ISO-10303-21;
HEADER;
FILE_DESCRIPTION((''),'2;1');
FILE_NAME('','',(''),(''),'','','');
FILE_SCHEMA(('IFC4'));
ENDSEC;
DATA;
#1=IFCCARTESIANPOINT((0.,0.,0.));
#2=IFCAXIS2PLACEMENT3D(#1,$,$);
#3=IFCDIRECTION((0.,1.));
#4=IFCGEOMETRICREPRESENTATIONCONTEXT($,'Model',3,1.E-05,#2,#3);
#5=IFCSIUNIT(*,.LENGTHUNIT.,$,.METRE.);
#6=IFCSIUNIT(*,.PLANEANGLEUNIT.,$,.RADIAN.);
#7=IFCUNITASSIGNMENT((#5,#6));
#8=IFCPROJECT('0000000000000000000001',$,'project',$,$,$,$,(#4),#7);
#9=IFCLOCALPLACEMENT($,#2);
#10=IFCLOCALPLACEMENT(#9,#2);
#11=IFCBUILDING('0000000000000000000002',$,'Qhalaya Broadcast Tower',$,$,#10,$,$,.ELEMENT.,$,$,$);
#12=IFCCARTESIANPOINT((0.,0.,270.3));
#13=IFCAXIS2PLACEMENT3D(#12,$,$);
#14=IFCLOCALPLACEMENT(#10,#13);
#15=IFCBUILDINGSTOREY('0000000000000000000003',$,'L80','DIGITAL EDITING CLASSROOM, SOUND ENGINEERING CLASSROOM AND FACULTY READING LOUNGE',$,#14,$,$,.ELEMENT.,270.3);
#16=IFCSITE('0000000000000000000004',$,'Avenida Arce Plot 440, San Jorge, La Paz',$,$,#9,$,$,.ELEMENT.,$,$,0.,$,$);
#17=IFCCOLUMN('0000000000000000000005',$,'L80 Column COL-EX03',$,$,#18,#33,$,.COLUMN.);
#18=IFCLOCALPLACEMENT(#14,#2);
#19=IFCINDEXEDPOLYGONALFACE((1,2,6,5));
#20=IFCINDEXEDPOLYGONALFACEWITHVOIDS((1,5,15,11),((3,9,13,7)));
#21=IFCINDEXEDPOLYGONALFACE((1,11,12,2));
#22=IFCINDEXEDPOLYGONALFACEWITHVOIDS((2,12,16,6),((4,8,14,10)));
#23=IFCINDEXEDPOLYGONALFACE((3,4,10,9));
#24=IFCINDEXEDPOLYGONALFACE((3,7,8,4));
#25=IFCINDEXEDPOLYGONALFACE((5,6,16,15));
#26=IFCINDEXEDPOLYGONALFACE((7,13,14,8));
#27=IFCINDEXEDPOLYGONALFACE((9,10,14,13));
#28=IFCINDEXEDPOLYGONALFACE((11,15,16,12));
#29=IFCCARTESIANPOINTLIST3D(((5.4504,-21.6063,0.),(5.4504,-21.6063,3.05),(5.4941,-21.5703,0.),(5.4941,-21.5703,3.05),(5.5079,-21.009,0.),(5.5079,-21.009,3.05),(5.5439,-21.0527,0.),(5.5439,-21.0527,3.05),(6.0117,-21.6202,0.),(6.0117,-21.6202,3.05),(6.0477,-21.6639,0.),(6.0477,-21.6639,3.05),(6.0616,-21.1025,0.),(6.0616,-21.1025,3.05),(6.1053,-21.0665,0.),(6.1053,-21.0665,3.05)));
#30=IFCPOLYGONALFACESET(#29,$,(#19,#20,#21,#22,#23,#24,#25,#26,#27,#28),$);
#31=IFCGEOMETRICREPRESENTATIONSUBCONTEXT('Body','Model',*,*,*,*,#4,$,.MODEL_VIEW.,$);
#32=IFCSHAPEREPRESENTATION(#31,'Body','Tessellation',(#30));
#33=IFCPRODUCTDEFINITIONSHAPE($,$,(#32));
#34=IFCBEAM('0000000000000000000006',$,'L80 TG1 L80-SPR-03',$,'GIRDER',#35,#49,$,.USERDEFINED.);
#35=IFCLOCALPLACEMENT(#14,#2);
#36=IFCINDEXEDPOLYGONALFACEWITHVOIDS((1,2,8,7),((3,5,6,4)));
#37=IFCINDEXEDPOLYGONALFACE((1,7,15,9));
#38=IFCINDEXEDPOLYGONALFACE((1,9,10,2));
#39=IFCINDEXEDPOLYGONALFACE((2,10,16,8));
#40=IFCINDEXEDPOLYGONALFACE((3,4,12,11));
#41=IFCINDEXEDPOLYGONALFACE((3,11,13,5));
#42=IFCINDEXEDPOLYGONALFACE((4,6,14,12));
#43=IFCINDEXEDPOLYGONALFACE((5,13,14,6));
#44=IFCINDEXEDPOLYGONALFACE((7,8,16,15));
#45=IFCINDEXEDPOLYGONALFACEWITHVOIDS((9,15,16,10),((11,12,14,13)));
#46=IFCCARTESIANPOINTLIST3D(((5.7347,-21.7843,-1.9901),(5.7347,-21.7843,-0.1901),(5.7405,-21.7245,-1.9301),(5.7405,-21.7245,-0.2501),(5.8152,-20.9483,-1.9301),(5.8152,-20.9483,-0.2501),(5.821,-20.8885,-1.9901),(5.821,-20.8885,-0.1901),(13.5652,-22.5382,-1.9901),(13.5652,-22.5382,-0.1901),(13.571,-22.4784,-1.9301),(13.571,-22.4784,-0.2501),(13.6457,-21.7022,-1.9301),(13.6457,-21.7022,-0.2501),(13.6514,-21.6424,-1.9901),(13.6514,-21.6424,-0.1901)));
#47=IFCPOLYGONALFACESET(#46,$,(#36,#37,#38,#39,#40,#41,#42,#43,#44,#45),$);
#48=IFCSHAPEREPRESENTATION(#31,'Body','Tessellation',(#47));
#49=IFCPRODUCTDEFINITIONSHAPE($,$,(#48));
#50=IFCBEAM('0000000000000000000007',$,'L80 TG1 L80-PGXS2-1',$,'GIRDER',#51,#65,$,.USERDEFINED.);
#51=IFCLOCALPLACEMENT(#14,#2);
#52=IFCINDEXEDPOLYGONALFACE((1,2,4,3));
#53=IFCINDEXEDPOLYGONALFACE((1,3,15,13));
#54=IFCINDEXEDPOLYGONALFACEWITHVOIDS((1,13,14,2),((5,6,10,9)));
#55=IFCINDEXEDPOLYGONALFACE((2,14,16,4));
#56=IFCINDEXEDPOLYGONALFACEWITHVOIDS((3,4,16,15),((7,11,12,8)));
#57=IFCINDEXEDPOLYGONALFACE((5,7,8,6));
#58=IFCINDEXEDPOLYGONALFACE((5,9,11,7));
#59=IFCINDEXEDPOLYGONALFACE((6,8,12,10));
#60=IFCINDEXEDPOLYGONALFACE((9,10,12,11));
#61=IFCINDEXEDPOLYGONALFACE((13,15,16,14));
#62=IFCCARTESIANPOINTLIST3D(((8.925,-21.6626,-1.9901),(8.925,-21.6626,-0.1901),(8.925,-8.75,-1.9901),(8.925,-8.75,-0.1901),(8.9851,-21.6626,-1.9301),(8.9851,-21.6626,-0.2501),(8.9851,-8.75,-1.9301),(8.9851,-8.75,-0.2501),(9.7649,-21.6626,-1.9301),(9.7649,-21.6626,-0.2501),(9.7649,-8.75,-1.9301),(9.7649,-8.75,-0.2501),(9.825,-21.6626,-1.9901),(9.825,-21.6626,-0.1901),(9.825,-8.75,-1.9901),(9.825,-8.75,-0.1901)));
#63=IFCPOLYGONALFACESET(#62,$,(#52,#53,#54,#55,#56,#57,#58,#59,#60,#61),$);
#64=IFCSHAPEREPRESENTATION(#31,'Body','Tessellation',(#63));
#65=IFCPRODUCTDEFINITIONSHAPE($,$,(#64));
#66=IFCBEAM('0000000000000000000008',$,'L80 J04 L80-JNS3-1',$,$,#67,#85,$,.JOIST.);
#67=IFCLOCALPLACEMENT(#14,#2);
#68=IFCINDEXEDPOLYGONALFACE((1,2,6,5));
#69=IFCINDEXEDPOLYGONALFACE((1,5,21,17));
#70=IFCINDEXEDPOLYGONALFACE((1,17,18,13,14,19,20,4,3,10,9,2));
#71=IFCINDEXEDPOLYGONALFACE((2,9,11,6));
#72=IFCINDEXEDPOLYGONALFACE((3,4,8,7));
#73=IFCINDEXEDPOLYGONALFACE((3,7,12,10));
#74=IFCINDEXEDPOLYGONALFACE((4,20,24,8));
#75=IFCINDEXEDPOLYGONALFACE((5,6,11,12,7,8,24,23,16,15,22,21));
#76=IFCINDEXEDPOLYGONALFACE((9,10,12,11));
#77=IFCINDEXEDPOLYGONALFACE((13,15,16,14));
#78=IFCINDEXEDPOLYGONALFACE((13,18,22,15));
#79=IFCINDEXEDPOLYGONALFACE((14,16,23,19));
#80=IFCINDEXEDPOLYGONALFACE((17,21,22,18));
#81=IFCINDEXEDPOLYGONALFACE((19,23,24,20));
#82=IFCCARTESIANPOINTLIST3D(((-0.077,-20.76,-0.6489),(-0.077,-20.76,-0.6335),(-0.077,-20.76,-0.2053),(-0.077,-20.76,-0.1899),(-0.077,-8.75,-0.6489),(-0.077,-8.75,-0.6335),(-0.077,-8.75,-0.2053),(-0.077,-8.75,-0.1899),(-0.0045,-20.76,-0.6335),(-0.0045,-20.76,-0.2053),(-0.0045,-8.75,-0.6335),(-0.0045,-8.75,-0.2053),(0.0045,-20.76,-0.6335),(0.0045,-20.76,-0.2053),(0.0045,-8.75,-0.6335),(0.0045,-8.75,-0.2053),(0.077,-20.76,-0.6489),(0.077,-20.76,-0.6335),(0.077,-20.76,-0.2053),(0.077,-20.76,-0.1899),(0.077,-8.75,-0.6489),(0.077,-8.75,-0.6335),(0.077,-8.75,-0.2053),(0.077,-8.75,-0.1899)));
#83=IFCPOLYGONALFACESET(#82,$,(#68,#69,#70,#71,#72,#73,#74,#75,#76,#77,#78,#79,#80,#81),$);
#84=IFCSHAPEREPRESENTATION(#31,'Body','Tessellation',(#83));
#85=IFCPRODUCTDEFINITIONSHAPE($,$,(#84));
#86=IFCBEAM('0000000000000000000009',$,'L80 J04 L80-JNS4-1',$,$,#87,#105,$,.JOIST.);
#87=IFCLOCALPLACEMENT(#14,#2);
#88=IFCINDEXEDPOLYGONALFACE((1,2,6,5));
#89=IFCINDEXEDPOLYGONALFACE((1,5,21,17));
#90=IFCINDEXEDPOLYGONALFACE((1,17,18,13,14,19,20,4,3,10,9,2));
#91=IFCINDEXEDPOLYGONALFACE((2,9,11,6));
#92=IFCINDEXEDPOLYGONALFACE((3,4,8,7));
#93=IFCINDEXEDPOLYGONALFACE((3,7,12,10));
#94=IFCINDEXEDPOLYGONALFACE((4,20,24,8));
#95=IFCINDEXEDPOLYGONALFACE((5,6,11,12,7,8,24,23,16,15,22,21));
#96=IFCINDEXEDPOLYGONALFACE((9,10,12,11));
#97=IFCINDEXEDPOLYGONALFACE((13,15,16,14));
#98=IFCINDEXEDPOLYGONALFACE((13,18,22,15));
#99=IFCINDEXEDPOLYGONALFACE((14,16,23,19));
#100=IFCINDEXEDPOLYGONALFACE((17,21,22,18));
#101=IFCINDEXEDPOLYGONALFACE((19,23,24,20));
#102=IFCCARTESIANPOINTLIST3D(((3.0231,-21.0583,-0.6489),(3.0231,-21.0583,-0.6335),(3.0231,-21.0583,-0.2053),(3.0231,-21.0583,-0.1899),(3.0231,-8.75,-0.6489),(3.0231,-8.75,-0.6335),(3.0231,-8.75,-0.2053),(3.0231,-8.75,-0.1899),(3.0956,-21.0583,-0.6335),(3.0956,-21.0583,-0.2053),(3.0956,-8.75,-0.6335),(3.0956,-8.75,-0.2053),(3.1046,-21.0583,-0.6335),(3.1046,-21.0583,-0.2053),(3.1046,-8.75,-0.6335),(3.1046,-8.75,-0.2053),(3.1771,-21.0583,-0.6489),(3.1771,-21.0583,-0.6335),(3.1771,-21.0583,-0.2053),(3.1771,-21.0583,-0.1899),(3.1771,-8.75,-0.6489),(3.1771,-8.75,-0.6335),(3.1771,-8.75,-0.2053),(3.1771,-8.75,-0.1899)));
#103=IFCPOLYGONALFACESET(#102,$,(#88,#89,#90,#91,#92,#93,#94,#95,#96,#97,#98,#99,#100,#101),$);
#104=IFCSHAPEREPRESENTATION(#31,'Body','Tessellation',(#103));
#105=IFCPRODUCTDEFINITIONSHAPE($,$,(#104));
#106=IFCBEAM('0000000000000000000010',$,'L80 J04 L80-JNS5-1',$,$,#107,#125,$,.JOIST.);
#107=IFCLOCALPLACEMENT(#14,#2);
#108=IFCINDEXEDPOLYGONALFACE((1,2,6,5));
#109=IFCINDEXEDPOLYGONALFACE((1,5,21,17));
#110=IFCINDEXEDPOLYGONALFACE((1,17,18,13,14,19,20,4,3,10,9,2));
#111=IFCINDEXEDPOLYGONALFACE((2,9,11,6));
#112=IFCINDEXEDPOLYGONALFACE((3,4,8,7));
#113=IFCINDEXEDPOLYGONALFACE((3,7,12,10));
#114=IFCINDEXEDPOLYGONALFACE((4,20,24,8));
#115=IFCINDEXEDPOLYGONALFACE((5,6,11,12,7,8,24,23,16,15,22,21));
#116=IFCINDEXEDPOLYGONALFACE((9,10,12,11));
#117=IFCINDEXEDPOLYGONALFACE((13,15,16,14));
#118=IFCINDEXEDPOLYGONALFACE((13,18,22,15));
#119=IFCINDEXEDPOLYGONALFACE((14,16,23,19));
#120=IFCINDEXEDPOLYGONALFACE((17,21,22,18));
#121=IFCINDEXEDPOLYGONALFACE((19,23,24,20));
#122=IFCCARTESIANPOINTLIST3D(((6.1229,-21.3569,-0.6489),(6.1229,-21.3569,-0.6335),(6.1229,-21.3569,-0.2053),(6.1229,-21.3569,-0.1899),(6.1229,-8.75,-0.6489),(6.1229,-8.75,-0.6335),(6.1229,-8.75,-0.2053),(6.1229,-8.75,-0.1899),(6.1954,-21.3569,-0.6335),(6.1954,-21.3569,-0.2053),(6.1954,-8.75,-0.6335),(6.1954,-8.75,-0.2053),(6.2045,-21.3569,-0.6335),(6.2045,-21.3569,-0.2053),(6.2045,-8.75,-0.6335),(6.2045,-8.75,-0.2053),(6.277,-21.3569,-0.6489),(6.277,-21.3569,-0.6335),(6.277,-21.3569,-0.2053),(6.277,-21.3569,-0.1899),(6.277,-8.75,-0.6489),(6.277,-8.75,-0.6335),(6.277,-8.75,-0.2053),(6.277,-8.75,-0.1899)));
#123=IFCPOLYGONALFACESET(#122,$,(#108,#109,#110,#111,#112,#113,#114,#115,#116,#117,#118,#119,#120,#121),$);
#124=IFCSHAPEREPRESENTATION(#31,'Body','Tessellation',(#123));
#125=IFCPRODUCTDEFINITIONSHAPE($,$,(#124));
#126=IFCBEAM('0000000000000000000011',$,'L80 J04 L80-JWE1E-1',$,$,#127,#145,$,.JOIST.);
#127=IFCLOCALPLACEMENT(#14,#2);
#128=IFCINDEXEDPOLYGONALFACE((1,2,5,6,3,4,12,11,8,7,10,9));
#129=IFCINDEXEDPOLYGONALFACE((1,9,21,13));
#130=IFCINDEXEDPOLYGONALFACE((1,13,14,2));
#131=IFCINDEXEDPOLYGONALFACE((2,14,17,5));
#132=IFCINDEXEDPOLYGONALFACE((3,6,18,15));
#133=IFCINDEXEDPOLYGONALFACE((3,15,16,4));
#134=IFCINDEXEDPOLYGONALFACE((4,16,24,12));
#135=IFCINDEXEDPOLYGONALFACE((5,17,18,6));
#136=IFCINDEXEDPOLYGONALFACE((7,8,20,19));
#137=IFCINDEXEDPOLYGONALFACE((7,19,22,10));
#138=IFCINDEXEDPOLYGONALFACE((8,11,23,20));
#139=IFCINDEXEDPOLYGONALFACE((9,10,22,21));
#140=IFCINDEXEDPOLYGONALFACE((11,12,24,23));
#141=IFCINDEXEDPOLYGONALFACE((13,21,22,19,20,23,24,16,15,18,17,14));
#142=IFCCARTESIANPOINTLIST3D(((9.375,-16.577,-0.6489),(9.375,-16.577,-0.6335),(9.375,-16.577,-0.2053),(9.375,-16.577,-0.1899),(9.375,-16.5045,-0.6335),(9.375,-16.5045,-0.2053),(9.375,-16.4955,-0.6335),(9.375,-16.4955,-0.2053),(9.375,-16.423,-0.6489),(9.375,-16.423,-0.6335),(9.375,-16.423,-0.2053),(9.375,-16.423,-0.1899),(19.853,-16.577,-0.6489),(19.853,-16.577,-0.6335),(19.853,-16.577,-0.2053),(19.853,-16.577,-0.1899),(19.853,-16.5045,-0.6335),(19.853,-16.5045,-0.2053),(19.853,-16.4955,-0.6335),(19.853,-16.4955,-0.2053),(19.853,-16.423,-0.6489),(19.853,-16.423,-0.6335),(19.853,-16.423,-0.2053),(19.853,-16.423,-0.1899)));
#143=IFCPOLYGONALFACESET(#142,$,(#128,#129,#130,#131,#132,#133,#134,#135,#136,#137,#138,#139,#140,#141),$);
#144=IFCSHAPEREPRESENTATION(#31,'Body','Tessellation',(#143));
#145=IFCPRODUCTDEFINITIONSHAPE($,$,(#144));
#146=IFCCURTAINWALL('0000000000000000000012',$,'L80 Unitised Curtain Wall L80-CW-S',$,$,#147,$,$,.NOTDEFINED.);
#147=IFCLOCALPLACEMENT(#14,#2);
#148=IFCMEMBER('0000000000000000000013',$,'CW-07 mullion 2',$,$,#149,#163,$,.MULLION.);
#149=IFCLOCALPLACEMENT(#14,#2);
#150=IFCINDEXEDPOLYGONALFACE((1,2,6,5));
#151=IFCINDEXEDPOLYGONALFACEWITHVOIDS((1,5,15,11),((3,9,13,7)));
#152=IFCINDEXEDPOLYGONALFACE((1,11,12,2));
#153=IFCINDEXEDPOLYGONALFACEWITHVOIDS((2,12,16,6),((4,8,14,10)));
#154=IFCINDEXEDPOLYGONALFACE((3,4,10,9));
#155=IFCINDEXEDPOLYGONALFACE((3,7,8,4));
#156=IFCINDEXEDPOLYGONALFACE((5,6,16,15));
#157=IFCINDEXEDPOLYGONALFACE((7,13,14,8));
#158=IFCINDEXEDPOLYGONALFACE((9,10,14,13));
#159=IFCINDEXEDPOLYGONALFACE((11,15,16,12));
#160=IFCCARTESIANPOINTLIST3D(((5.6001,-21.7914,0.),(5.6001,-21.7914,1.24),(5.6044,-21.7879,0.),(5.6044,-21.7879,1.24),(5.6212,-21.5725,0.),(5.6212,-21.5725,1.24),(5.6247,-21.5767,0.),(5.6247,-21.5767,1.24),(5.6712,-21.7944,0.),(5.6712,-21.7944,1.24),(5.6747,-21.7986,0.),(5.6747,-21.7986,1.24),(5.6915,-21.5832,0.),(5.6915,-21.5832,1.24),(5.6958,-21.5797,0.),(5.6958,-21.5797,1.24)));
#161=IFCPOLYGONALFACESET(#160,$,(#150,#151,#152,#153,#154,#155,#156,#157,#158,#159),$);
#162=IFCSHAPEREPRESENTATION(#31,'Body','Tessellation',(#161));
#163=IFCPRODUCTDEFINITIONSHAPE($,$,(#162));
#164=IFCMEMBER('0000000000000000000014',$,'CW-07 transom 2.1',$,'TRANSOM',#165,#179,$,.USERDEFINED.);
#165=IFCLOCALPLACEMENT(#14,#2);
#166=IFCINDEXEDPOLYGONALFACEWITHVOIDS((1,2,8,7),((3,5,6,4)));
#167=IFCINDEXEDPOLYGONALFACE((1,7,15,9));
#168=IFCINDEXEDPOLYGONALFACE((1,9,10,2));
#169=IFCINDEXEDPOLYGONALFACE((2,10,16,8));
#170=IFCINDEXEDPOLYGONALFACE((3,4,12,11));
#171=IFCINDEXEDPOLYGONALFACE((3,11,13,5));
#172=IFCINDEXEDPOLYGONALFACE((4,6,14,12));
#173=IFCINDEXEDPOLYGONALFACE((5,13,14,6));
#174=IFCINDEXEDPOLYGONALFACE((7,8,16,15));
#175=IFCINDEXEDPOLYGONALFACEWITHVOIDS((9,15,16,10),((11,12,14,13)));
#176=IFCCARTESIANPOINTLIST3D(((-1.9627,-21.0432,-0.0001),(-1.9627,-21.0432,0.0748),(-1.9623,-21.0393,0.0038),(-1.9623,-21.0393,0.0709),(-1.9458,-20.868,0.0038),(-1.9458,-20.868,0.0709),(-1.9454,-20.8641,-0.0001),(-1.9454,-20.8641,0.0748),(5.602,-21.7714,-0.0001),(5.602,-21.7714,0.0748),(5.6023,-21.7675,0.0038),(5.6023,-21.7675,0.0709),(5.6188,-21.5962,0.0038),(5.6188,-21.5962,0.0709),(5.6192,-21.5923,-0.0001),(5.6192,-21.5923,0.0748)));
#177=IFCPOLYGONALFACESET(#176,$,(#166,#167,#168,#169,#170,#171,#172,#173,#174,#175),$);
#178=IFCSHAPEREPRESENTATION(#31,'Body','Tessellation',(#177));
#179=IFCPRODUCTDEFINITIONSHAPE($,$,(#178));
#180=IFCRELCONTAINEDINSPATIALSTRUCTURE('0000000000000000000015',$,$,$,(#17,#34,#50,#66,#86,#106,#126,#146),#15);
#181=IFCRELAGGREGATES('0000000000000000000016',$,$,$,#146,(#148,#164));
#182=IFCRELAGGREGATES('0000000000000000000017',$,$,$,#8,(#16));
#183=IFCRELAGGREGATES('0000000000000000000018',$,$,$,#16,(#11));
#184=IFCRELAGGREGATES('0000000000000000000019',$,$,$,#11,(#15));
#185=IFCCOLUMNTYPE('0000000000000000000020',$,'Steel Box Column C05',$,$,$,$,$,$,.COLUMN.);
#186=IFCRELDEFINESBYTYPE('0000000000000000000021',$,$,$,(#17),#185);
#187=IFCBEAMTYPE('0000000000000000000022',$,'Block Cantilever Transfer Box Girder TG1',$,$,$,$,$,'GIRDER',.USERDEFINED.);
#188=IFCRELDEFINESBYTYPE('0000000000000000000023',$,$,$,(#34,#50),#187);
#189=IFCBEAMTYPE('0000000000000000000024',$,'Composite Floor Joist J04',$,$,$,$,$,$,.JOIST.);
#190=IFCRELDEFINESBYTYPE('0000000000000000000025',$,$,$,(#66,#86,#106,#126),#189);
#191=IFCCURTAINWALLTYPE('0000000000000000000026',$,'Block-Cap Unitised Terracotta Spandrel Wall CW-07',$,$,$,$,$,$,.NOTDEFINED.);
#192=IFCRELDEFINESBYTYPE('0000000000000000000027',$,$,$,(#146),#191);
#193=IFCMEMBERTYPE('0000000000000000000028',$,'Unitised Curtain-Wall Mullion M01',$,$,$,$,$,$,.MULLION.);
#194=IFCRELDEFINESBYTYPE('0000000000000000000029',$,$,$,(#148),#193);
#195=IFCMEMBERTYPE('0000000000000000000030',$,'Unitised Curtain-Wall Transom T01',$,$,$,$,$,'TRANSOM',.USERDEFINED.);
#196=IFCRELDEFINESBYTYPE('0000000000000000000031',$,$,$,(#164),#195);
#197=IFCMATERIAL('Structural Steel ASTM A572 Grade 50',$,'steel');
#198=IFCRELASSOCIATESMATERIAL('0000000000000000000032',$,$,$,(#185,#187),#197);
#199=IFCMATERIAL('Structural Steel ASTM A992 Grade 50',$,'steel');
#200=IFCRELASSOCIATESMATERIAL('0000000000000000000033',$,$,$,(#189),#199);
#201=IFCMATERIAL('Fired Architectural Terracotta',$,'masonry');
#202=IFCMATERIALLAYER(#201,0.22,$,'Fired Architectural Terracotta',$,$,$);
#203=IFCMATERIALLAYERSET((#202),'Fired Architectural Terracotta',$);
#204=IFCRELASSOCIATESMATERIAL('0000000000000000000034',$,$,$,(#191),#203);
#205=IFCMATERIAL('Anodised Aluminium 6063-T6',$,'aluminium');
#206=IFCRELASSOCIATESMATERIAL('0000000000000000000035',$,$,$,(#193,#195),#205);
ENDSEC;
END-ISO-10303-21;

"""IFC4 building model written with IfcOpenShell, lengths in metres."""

from ifc_helpers import new_model, si_unit, direction, frame, origin, origin_2d, place, context, subcontext, project, spatial, hollow_rectangle, i_section, extrude, material, layer, layer_set, material_profile, profile_set, type_object, element, aggregate, save


model = new_model("IFC4")

# Units and contexts
model_context = context("Model", 3, precision=1e-05, world=origin(), true_north=direction((0.0, 1.0)))
body_context = subcontext(model_context, "Body", "Model", "MODEL_VIEW")
ifc_project = project(units=[si_unit("LENGTHUNIT", "METRE"), si_unit("PLANEANGLEUNIT", "RADIAN")], contexts=[model_context])

# Site, building, storey
site_placement = place(None, origin())
site = spatial("IfcSite", under=ifc_project, at=site_placement, Name="Avenida Arce Plot 440, San Jorge, La Paz", CompositionType="ELEMENT", RefElevation=0.0)
building_placement = place(site_placement, origin())
building = spatial("IfcBuilding", under=site, at=building_placement, Name="Qhalaya Broadcast Tower", CompositionType="ELEMENT")
storey_placement = place(building_placement, frame((0.0, 0.0, 270.3)))
storey = spatial("IfcBuildingStorey", under=building, at=storey_placement, Name="L80", Description="DIGITAL EDITING CLASSROOM, SOUND ENGINEERING CLASSROOM AND FACULTY READING LOUNGE", CompositionType="ELEMENT", Elevation=270.3)

# Column
ifc_material_1 = material(Name="Structural Steel ASTM A572 Grade 50", Category="steel")
ifc_material_profile_1 = material_profile(ifc_material_1, hollow_rectangle(XDim=0.6001, YDim=0.6001, WallThickness=0.04, at=origin_2d()), Name="BOX 600x600x40")
ifc_profile_set_1 = profile_set([ifc_material_profile_1], Name="Structural Steel ASTM A572 Grade 50")
column_type = type_object("IfcColumnType", Name="Steel Box Column C05", PredefinedType="COLUMN", material=ifc_profile_set_1)
column_placement = place(storey_placement, frame((5.7778, -21.3364, 0.0), z_axis=(0.0, 0.0, 1.0), x_axis=(0.995396, -0.095846, 0.0)))
element("IfcColumn", 1, at=column_placement, inside=storey, type_object=column_type, Name="L80 Column COL-EX03", PredefinedType="COLUMN", context=body_context, shape_type="SweptSolid", body=[
    extrude(hollow_rectangle(XDim=0.6001, YDim=0.6001, WallThickness=0.04, at=origin_2d()), origin(), (0.0, 0.0, 1.0), 3.05),
])

# Beams
ifc_material_profile_2 = material_profile(ifc_material_1, hollow_rectangle(XDim=0.8999, YDim=1.8, WallThickness=0.0601, at=origin_2d()), Name="BOX 900x1800x60")
ifc_profile_set_2 = profile_set([ifc_material_profile_2], Name="Structural Steel ASTM A572 Grade 50")
beam_type_1 = type_object("IfcBeamType", Name="Block Cantilever Transfer Box Girder TG1", ElementType="GIRDER", PredefinedType="USERDEFINED", material=ifc_profile_set_2)
beam_1_placement = place(storey_placement, frame((5.7778, -21.3364, -1.0901), z_axis=(0.995397, -0.095834, 0.0), x_axis=(0.095834, 0.995397, 0.0)))
element("IfcBeam", 2, at=beam_1_placement, inside=storey, type_object=beam_type_1, Name="L80 TG1 L80-SPR-03", ObjectType="GIRDER", PredefinedType="USERDEFINED", context=body_context, shape_type="SweptSolid", body=[
    extrude(hollow_rectangle(XDim=0.8999, YDim=1.8, WallThickness=0.0601, at=origin_2d()), origin(), (0.0, 0.0, 1.0), 7.8667),
])
beam_2_placement = place(storey_placement, frame((9.375, -21.6626, -1.0901), z_axis=(0.0, 1.0, 0.0), x_axis=(-1.0, 0.0, 0.0)))
element("IfcBeam", 3, at=beam_2_placement, inside=storey, type_object=beam_type_1, Name="L80 TG1 L80-PGXS2-1", ObjectType="GIRDER", PredefinedType="USERDEFINED", context=body_context, shape_type="SweptSolid", body=[
    extrude(hollow_rectangle(XDim=0.8999, YDim=1.8, WallThickness=0.0601, at=origin_2d()), origin(), (0.0, 0.0, 1.0), 12.9126),
])
ifc_material_2 = material(Name="Structural Steel ASTM A992 Grade 50", Category="steel")
ifc_material_profile_3 = material_profile(ifc_material_2, i_section(OverallWidth=0.1541, OverallDepth=0.459, WebThickness=0.009, FlangeThickness=0.0154, at=origin_2d()), Name="W18X46")
ifc_profile_set_3 = profile_set([ifc_material_profile_3], Name="Structural Steel ASTM A992 Grade 50")
beam_type_2 = type_object("IfcBeamType", Name="Composite Floor Joist J04", PredefinedType="JOIST", material=ifc_profile_set_3)
beam_3_placement = place(storey_placement, frame((0.0, -20.76, -0.4194), z_axis=(0.0, 1.0, 0.0), x_axis=(-1.0, 0.0, 0.0)))
element("IfcBeam", 4, at=beam_3_placement, inside=storey, type_object=beam_type_2, Name="L80 J04 L80-JNS3-1", PredefinedType="JOIST", context=body_context, shape_type="SweptSolid", body=[
    extrude(i_section(OverallWidth=0.1541, OverallDepth=0.459, WebThickness=0.009, FlangeThickness=0.0154, at=origin_2d()), origin(), (0.0, 0.0, 1.0), 12.01),
])
beam_4_placement = place(storey_placement, frame((3.1001, -21.0583, -0.4194), z_axis=(0.0, 1.0, 0.0), x_axis=(-1.0, 0.0, 0.0)))
element("IfcBeam", 5, at=beam_4_placement, inside=storey, type_object=beam_type_2, Name="L80 J04 L80-JNS4-1", PredefinedType="JOIST", context=body_context, shape_type="SweptSolid", body=[
    extrude(i_section(OverallWidth=0.1541, OverallDepth=0.459, WebThickness=0.009, FlangeThickness=0.0154, at=origin_2d()), origin(), (0.0, 0.0, 1.0), 12.3083),
])
beam_5_placement = place(storey_placement, frame((6.2, -21.3569, -0.4194), z_axis=(0.0, 1.0, 0.0), x_axis=(-1.0, 0.0, 0.0)))
element("IfcBeam", 6, at=beam_5_placement, inside=storey, type_object=beam_type_2, Name="L80 J04 L80-JNS5-1", PredefinedType="JOIST", context=body_context, shape_type="SweptSolid", body=[
    extrude(i_section(OverallWidth=0.1541, OverallDepth=0.459, WebThickness=0.009, FlangeThickness=0.0154, at=origin_2d()), origin(), (0.0, 0.0, 1.0), 12.6069),
])
beam_6_placement = place(storey_placement, frame((9.375, -16.5, -0.4194), z_axis=(1.0, 0.0, 0.0), x_axis=(0.0, 1.0, 0.0)))
element("IfcBeam", 7, at=beam_6_placement, inside=storey, type_object=beam_type_2, Name="L80 J04 L80-JWE1E-1", PredefinedType="JOIST", context=body_context, shape_type="SweptSolid", body=[
    extrude(i_section(OverallWidth=0.1541, OverallDepth=0.459, WebThickness=0.009, FlangeThickness=0.0154, at=origin_2d()), origin(), (0.0, 0.0, 1.0), 10.478),
])

# Curtain wall, members
ifc_material_3 = material(Name="Fired Architectural Terracotta", Category="masonry")
ifc_layer_1 = layer(ifc_material_3, 0.22, Name="Fired Architectural Terracotta")
ifc_layer_set_1 = layer_set([ifc_layer_1], Name="Fired Architectural Terracotta")
curtain_wall_type = type_object("IfcCurtainWallType", Name="Block-Cap Unitised Terracotta Spandrel Wall CW-07", PredefinedType="NOTDEFINED", material=ifc_layer_set_1)
curtain_wall_placement = place(storey_placement, origin())
curtain_wall = element("IfcCurtainWall", 8, at=curtain_wall_placement, inside=storey, type_object=curtain_wall_type, Name="L80 Unitised Curtain Wall L80-CW-S", PredefinedType="NOTDEFINED")
ifc_material_4 = material(Name="Anodised Aluminium 6063-T6", Category="aluminium")
ifc_material_profile_4 = material_profile(ifc_material_4, hollow_rectangle(XDim=0.075, YDim=0.22, WallThickness=0.0039, at=origin_2d()), Name="ALU-MUL 75x220x4")
ifc_profile_set_4 = profile_set([ifc_material_profile_4], Name="Anodised Aluminium 6063-T6")
member_type_1 = type_object("IfcMemberType", Name="Unitised Curtain-Wall Mullion M01", PredefinedType="MULLION", material=ifc_profile_set_4)
member_1_placement = place(storey_placement, frame((5.6479, -21.6855, 0.0), z_axis=(0.0, 0.0, 1.0), x_axis=(-0.995396, 0.095848, 0.0)))
member_1 = element("IfcMember", 9, at=member_1_placement, type_object=member_type_1, Name="CW-07 mullion 2", PredefinedType="MULLION", context=body_context, shape_type="SweptSolid", body=[
    extrude(hollow_rectangle(XDim=0.075, YDim=0.22, WallThickness=0.0039, at=origin_2d()), origin(), (0.0, 0.0, 1.0), 1.24),
])
ifc_material_profile_5 = material_profile(ifc_material_4, hollow_rectangle(XDim=0.075, YDim=0.1799, WallThickness=0.0039, at=origin_2d()), Name="ALU-TRN 75x180x4")
ifc_profile_set_5 = profile_set([ifc_material_profile_5], Name="Anodised Aluminium 6063-T6")
member_type_2 = type_object("IfcMemberType", Name="Unitised Curtain-Wall Transom T01", ElementType="TRANSOM", PredefinedType="USERDEFINED", material=ifc_profile_set_5)
member_2_placement = place(storey_placement, frame((5.6106, -21.6819, 0.0374), z_axis=(-0.995398, 0.095829, 0.0), x_axis=(0.0, 0.0, 1.0)))
member_2 = element("IfcMember", 10, at=member_2_placement, type_object=member_type_2, Name="CW-07 transom 2.1", ObjectType="TRANSOM", PredefinedType="USERDEFINED", context=body_context, shape_type="SweptSolid", body=[
    extrude(hollow_rectangle(XDim=0.075, YDim=0.1799, WallThickness=0.0039, at=origin_2d()), origin(), (0.0, 0.0, 1.0), 7.5996),
])

aggregate(curtain_wall, [member_1, member_2])

save(model, "model.ifc")
